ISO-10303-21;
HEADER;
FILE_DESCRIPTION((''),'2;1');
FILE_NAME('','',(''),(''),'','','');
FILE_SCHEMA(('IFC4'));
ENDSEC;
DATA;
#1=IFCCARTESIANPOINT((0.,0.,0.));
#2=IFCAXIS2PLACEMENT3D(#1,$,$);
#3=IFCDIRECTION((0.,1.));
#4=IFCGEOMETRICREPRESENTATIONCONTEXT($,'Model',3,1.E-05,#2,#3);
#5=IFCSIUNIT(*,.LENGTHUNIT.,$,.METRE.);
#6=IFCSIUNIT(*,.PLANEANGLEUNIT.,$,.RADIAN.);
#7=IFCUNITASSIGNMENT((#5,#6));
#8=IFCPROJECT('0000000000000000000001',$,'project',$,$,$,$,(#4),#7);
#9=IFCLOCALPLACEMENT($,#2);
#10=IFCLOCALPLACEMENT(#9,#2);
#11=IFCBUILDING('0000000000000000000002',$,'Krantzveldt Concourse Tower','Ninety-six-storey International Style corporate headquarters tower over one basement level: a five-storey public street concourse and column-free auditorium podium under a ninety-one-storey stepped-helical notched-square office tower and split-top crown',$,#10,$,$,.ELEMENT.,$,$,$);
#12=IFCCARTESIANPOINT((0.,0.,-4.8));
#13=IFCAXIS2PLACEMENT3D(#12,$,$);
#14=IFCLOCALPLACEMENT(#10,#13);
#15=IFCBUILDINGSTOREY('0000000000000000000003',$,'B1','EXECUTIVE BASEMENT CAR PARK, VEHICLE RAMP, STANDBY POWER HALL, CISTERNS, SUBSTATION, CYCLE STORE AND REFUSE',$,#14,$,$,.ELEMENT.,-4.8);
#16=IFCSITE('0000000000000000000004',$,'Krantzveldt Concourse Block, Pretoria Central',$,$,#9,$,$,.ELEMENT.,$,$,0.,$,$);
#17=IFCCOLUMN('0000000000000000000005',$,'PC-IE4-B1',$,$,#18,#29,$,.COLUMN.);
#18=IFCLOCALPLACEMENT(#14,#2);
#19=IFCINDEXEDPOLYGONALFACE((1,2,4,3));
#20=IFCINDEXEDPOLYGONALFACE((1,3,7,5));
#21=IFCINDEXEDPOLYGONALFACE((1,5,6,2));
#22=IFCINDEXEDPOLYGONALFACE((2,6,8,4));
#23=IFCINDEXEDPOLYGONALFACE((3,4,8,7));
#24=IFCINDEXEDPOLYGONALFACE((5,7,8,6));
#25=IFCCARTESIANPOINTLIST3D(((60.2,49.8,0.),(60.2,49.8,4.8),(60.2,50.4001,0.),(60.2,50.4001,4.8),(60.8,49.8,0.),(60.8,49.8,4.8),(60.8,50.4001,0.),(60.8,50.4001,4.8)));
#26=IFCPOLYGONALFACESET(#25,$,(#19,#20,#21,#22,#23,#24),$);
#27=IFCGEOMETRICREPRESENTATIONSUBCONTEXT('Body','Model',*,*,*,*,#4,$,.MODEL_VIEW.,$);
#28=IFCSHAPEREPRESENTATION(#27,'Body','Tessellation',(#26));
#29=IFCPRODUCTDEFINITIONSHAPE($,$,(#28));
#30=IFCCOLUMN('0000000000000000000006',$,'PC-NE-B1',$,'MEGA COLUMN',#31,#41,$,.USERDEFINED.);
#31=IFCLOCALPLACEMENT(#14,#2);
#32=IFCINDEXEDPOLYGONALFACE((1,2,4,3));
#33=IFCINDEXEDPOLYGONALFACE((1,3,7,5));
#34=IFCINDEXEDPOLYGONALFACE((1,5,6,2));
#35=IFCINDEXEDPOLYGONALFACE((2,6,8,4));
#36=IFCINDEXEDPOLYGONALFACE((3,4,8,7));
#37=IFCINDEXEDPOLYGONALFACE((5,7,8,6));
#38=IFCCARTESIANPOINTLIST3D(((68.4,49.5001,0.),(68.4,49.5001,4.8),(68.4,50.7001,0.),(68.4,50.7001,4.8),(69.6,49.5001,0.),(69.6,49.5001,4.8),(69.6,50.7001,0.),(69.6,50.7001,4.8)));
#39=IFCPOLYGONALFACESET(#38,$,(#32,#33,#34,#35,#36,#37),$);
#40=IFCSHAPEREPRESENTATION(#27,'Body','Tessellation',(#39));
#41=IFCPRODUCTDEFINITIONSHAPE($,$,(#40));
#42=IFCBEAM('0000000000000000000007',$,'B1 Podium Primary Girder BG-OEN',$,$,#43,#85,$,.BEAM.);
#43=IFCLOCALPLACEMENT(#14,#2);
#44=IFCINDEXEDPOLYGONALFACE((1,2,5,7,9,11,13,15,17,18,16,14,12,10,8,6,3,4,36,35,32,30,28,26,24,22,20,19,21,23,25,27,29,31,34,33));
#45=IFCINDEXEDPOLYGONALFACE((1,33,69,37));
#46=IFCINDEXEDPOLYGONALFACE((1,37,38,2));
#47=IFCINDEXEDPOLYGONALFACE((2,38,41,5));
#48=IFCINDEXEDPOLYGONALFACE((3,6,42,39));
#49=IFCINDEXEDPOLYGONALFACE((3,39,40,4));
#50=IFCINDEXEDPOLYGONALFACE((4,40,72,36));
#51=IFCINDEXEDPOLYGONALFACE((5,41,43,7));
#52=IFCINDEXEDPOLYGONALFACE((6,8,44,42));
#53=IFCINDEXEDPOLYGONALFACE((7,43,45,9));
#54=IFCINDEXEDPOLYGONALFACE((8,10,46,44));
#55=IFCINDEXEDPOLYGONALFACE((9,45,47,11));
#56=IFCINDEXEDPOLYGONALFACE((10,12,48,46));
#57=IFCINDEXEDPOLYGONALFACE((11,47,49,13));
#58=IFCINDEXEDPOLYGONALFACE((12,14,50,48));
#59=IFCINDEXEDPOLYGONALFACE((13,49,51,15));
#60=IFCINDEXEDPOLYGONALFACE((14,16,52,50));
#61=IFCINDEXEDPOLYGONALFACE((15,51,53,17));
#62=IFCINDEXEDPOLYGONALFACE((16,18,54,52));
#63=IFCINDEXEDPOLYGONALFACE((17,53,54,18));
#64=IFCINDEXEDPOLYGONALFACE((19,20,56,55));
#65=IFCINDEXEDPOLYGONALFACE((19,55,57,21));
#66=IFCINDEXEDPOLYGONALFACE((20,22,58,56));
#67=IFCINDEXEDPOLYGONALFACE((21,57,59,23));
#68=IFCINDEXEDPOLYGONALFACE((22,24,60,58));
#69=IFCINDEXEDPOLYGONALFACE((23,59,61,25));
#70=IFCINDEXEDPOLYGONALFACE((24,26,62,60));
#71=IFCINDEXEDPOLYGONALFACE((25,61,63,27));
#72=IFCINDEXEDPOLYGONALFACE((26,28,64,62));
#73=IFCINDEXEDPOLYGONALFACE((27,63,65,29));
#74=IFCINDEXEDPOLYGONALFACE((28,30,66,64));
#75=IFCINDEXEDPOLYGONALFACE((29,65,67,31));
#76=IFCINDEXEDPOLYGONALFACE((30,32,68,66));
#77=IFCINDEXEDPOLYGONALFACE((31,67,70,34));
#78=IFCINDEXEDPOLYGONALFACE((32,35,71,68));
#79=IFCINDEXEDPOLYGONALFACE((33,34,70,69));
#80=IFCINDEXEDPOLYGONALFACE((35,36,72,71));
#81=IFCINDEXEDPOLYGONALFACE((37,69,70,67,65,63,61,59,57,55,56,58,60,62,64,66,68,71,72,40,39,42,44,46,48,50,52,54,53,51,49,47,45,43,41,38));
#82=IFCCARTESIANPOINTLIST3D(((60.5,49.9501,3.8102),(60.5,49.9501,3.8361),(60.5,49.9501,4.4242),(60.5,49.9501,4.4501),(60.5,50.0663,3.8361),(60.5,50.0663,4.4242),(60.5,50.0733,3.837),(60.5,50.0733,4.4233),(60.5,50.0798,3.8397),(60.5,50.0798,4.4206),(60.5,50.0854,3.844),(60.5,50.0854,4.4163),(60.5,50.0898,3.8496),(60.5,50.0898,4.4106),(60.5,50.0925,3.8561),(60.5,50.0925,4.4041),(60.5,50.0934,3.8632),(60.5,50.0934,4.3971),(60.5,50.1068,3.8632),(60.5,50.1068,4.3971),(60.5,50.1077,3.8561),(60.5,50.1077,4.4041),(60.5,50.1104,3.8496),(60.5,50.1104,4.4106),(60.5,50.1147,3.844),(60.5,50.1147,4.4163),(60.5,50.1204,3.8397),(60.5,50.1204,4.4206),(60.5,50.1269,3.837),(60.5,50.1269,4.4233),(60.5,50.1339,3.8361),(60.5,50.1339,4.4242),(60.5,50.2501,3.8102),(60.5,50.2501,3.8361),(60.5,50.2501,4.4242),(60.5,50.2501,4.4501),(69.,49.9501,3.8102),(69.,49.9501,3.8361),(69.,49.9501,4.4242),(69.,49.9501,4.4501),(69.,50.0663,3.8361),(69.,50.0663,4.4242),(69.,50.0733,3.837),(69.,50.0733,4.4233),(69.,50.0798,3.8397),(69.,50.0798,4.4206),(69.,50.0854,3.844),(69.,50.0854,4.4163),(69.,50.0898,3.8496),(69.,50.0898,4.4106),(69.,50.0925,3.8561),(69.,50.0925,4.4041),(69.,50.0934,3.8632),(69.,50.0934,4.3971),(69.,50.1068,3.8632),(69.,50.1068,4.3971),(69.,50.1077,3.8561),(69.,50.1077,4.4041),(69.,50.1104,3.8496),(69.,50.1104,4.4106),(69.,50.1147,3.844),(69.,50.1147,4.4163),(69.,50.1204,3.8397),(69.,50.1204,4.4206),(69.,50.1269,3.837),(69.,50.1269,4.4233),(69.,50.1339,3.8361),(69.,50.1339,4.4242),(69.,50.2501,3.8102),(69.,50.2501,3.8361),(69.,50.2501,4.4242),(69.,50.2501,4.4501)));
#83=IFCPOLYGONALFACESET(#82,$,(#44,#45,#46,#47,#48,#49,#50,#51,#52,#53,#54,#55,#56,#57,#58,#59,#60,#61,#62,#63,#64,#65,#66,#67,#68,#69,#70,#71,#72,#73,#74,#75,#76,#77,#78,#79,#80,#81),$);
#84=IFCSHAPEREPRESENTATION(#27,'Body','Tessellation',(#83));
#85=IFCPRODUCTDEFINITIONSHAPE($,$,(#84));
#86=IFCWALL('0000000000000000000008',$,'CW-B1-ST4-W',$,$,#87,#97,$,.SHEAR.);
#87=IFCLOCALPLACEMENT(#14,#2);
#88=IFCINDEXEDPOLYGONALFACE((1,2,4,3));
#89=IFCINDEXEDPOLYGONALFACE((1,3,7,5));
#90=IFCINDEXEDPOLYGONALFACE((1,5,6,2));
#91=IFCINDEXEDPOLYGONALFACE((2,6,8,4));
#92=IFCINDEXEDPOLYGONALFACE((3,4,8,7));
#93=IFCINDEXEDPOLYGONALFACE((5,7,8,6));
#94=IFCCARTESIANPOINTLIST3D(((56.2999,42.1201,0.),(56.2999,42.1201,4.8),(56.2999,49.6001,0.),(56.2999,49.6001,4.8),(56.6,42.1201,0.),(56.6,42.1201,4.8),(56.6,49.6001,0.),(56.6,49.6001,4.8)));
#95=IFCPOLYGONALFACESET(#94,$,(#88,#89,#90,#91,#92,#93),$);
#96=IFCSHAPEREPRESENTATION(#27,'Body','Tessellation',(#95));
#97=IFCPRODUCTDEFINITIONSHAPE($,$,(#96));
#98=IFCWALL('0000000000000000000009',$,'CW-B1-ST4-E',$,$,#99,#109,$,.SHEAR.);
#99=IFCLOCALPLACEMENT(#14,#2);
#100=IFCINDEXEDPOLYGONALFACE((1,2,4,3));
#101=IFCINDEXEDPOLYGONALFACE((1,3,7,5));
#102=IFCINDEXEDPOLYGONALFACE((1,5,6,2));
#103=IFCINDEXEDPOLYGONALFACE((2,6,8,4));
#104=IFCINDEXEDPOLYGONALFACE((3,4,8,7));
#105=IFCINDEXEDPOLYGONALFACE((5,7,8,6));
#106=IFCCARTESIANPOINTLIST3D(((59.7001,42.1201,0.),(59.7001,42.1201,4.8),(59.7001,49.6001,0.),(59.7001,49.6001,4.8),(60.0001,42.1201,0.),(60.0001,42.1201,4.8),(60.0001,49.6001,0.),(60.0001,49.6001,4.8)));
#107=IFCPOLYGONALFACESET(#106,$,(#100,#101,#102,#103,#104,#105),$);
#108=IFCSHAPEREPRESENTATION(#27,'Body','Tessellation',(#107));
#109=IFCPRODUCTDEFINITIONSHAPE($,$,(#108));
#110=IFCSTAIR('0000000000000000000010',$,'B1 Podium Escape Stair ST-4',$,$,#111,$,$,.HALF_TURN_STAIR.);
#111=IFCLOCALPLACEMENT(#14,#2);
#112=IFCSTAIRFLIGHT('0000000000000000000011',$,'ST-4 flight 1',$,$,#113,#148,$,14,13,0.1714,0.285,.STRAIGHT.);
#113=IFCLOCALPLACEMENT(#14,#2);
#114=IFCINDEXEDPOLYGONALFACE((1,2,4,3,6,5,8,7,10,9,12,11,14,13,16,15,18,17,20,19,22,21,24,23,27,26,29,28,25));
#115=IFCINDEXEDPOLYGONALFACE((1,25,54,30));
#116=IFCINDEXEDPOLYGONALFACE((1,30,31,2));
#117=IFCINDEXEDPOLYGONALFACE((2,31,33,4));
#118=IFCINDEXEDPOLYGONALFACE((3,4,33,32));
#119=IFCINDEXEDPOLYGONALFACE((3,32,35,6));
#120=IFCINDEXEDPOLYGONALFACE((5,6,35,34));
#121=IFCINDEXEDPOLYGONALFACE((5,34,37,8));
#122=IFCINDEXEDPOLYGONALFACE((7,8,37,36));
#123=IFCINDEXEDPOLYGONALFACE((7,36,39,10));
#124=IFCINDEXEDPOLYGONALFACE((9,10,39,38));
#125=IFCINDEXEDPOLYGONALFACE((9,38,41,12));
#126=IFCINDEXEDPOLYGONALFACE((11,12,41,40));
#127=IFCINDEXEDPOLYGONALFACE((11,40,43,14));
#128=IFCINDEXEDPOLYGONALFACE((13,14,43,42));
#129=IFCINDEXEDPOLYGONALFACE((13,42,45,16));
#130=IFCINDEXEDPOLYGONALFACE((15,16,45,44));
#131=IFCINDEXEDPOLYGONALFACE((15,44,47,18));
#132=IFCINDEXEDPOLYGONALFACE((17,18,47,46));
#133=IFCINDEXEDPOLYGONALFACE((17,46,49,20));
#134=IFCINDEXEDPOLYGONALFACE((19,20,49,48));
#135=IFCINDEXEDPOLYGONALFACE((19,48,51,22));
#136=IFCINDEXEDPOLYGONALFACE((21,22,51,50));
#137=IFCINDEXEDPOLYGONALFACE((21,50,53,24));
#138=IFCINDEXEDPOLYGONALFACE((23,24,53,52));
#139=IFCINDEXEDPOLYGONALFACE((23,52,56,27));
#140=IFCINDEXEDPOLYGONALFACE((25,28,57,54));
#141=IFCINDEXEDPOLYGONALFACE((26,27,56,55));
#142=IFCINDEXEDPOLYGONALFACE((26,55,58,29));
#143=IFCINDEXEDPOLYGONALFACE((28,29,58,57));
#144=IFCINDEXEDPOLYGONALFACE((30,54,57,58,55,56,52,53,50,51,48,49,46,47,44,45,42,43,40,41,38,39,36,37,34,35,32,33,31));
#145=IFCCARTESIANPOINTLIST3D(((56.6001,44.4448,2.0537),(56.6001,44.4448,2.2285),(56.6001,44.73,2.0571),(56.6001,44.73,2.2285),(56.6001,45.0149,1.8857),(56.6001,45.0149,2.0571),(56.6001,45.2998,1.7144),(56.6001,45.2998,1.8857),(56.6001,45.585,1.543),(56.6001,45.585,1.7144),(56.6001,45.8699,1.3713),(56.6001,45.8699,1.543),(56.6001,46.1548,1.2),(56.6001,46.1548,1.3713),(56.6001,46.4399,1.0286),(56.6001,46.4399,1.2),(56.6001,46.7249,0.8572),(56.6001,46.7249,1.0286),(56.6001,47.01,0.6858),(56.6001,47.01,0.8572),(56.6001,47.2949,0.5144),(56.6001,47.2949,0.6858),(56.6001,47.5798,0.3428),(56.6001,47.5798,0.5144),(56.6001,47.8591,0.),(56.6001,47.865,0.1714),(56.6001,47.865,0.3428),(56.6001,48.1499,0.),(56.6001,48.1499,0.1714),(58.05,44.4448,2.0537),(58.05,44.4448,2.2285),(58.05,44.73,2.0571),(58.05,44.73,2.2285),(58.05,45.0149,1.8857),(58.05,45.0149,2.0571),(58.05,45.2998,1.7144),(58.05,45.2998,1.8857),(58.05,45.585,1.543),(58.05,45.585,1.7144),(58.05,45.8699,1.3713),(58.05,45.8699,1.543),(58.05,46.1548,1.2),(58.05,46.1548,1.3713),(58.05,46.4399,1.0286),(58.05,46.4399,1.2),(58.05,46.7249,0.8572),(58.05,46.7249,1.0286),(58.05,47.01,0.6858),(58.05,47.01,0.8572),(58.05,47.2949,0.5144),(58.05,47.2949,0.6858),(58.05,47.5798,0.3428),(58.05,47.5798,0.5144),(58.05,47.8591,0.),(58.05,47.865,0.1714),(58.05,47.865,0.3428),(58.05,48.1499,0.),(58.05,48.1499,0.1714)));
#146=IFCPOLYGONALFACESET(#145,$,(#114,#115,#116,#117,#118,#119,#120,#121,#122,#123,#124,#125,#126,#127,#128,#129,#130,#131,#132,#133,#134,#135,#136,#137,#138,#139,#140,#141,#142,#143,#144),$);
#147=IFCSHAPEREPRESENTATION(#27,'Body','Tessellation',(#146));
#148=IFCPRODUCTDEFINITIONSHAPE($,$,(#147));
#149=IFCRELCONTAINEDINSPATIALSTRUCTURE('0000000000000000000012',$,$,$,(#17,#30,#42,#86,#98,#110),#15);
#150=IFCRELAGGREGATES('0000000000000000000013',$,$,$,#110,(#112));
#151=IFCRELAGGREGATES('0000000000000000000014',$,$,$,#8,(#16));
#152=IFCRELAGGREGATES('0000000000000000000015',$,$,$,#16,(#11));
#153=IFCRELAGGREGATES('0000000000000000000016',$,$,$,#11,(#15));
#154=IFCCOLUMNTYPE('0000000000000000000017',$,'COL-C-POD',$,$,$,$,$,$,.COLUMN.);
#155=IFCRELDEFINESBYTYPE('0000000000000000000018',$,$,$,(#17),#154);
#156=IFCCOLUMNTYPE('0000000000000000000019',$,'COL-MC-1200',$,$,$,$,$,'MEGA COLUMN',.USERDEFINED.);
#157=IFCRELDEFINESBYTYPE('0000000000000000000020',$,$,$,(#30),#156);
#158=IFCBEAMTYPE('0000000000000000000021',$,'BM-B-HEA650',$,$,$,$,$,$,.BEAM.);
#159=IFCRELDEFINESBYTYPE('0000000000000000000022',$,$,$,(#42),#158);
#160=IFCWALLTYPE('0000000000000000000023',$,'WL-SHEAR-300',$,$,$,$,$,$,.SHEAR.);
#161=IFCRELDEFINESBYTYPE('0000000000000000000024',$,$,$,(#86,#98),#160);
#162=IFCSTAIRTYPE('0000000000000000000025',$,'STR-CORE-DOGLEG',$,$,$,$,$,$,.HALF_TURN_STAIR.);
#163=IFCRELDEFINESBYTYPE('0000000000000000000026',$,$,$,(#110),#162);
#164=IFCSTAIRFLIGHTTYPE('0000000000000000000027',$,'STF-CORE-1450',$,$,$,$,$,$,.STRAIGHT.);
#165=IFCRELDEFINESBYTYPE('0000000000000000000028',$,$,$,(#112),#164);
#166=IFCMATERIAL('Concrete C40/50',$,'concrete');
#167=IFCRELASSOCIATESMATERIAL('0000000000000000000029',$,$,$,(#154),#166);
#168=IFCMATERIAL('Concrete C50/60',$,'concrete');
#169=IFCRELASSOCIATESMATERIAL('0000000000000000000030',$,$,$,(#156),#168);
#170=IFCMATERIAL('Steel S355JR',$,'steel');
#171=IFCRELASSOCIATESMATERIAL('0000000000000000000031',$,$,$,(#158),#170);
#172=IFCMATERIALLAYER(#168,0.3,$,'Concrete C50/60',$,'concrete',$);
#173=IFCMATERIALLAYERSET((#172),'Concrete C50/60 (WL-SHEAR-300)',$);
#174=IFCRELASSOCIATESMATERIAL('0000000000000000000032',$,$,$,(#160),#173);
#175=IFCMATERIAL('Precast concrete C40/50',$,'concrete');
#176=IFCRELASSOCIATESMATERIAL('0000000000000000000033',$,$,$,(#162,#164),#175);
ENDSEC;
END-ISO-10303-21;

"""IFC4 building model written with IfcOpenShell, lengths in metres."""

from ifc_helpers import new_model, si_unit, direction, frame, frame_2d, origin, origin_2d, place, context, subcontext, project, spatial, polyline, rectangle, i_section, outline, extrude, source, transform, mapped, material, layer, layer_set, material_profile, profile_set, type_object, type_shapes, element, aggregate, save


model = new_model("IFC4")

# Units and contexts
model_context = context("Model", 3, precision=1e-05, world=origin(), true_north=direction((0.0, 1.0)))
body_context = subcontext(model_context, "Body", "Model", "MODEL_VIEW")
ifc_project = project(units=[si_unit("LENGTHUNIT", "METRE"), si_unit("PLANEANGLEUNIT", "RADIAN")], contexts=[model_context])

# Site, building, storey
site_placement = place(None, origin())
site = spatial("IfcSite", under=ifc_project, at=site_placement, Name="Krantzveldt Concourse Block, Pretoria Central", CompositionType="ELEMENT", RefElevation=0.0)
building_placement = place(site_placement, origin())
building = spatial("IfcBuilding", under=site, at=building_placement, Name="Krantzveldt Concourse Tower", Description="Ninety-six-storey International Style corporate headquarters tower over one basement level: a five-storey public street concourse and column-free auditorium podium under a ninety-one-storey stepped-helical notched-square office tower and split-top crown", CompositionType="ELEMENT")
storey_placement = place(building_placement, frame((0.0, 0.0, -4.8)))
storey = spatial("IfcBuildingStorey", under=building, at=storey_placement, Name="B1", Description="EXECUTIVE BASEMENT CAR PARK, VEHICLE RAMP, STANDBY POWER HALL, CISTERNS, SUBSTATION, CYCLE STORE AND REFUSE", CompositionType="ELEMENT", Elevation=-4.8)

# Shared definitions
ifc_material_1 = material(Name="Concrete C50/60", Category="concrete")

# Shared definitions
ifc_material_2 = material(Name="Concrete C40/50", Category="concrete")

# Columns
ifc_material_profile_1 = material_profile(ifc_material_2, rectangle(XDim=0.6001, YDim=0.6001, at=origin_2d()), Name="Concrete C40/50", Category="concrete")
ifc_profile_set_1 = profile_set([ifc_material_profile_1], Name="Concrete C40/50 - RC 600x600")
column_type_1 = type_object("IfcColumnType", Name="COL-C-POD", PredefinedType="COLUMN", material=ifc_profile_set_1)
shared_shape_1 = source(origin(), body_context, "Body", "SweptSolid", [
    extrude(rectangle(XDim=0.6001, YDim=0.6001, at=origin_2d()), origin(), (0.0, 0.0, 1.0), 4.8),
])
type_shapes(column_type_1, [shared_shape_1])
column_1_placement = place(storey_placement, frame((60.5, 50.1001, 0.0), z_axis=(0.0, 0.0, 1.0), x_axis=(1.0, 0.0, 0.0)))
element("IfcColumn", 1, at=column_1_placement, inside=storey, type_object=column_type_1, Name="PC-IE4-B1", PredefinedType="COLUMN", context=body_context, shape_type="MappedRepresentation", body=[
    mapped(shared_shape_1, transform((0.0, 0.0, 0.0), x_axis=(1.0, 0.0, 0.0), y_axis=(0.0, 1.0, 0.0), z_axis=(0.0, 0.0, 1.0), scale=1.0)),
])
ifc_material_profile_2 = material_profile(ifc_material_1, rectangle(XDim=1.2, YDim=1.2, at=origin_2d()), Name="Concrete C50/60", Category="concrete")
ifc_profile_set_2 = profile_set([ifc_material_profile_2], Name="Concrete C50/60 - RC 1200x1200")
column_type_2 = type_object("IfcColumnType", Name="COL-MC-1200", ElementType="MEGA COLUMN", PredefinedType="USERDEFINED", material=ifc_profile_set_2)
shared_shape_2 = source(origin(), body_context, "Body", "SweptSolid", [
    extrude(rectangle(XDim=1.2, YDim=1.2, at=origin_2d()), origin(), (0.0, 0.0, 1.0), 4.8),
])
type_shapes(column_type_2, [shared_shape_2])
column_2_placement = place(storey_placement, frame((69.0, 50.1001, 0.0), z_axis=(0.0, 0.0, 1.0), x_axis=(1.0, 0.0, 0.0)))
element("IfcColumn", 2, at=column_2_placement, inside=storey, type_object=column_type_2, Name="PC-NE-B1", ObjectType="MEGA COLUMN", PredefinedType="USERDEFINED", context=body_context, shape_type="MappedRepresentation", body=[
    mapped(shared_shape_2, transform((0.0, 0.0, 0.0), x_axis=(1.0, 0.0, 0.0), y_axis=(0.0, 1.0, 0.0), z_axis=(0.0, 0.0, 1.0), scale=1.0)),
])

# Beam
ifc_material_3 = material(Name="Steel S355JR", Category="steel")
ifc_material_profile_3 = material_profile(ifc_material_3, i_section(OverallWidth=0.3, OverallDepth=0.6399, WebThickness=0.0134, FlangeThickness=0.0259, FilletRadius=0.0271, at=origin_2d()), Name="Steel S355JR", Category="steel")
ifc_profile_set_3 = profile_set([ifc_material_profile_3], Name="Steel S355JR - HEA 650")
beam_type = type_object("IfcBeamType", Name="BM-B-HEA650", PredefinedType="BEAM", material=ifc_profile_set_3)
shared_shape_3 = source(origin(), body_context, "Body", "SweptSolid", [
    extrude(i_section(OverallWidth=0.3, OverallDepth=0.6399, WebThickness=0.0134, FlangeThickness=0.0259, FilletRadius=0.0271, at=origin_2d()), origin(), (0.0, 0.0, 1.0), 8.5),
])
type_shapes(beam_type, [shared_shape_3])
beam_placement = place(storey_placement, frame((60.5, 50.1001, 4.1301), z_axis=(1.0, 0.0, 0.0), x_axis=(0.0, 1.0, 0.0)))
element("IfcBeam", 3, at=beam_placement, inside=storey, type_object=beam_type, Name="B1 Podium Primary Girder BG-OEN", PredefinedType="BEAM", context=body_context, shape_type="MappedRepresentation", body=[
    mapped(shared_shape_3, transform((0.0, 0.0, 0.0), x_axis=(1.0, 0.0, 0.0), y_axis=(0.0, 1.0, 0.0), z_axis=(0.0, 0.0, 1.0), scale=1.0)),
])

# Shared definitions
ifc_layer_1 = layer(ifc_material_1, 0.3, Name="Concrete C50/60", Category="concrete")
ifc_layer_set_1 = layer_set([ifc_layer_1], Name="Concrete C50/60 (WL-SHEAR-300)")
wall_type = type_object("IfcWallType", Name="WL-SHEAR-300", PredefinedType="SHEAR", material=ifc_layer_set_1)

# Walls
for number, where, z_axis, x_axis, name in (
    (4, (56.45, 42.1201, 0.0), (0.0, 0.0, 1.0), (0.0, 1.0, 0.0), "CW-B1-ST4-W"),
    (5, (59.8501, 42.1201, 0.0), (0.0, 0.0, 1.0), (0.0, 1.0, 0.0), "CW-B1-ST4-E"),
):
    element("IfcWall", number, at=place(storey_placement, frame(where, z_axis=z_axis, x_axis=x_axis)), inside=storey, type_object=wall_type, Name=name, PredefinedType="SHEAR", context=body_context, shape_type="SweptSolid", body=[
        extrude(rectangle(XDim=7.48, YDim=0.3, at=frame_2d((3.74, 0.0))), origin(), (0.0, 0.0, 1.0), 4.8),
    ])

# Stair, stair flight
ifc_material_4 = material(Name="Precast concrete C40/50", Category="concrete")
stair_type = type_object("IfcStairType", Name="STR-CORE-DOGLEG", PredefinedType="HALF_TURN_STAIR", material=ifc_material_4)
stair_placement = place(storey_placement, origin())
stair = element("IfcStair", 6, at=stair_placement, inside=storey, type_object=stair_type, Name="B1 Podium Escape Stair ST-4", PredefinedType="HALF_TURN_STAIR")
stair_flight_type = type_object("IfcStairFlightType", Name="STF-CORE-1450", PredefinedType="STRAIGHT", material=ifc_material_4)
stair_flight_1_placement = place(storey_placement, frame((57.325, 48.1499, 0.0), z_axis=(0.0, 0.0, 1.0), x_axis=(0.0, -1.0, 0.0)))
stair_flight_1 = element("IfcStairFlight", 7, at=stair_flight_1_placement, type_object=stair_flight_type, Name="ST-4 flight 1", NumberOfRisers=14, NumberOfTreads=13, PredefinedType="STRAIGHT", RiserHeight=0.1714, TreadLength=0.285, context=body_context, shape_type="SweptSolid", body=[
    extrude(outline(polyline([(0.0, 0.0), (0.0, 0.1714), (0.2849, 0.1714), (0.2849, 0.3428), (0.5701, 0.3428), (0.5701, 0.5144), (0.855, 0.5144), (0.855, 0.6858), (1.1399, 0.6858), (1.1399, 0.8572), (1.425, 0.8572), (1.425, 1.0286), (1.71, 1.0286), (1.71, 1.2), (1.9951, 1.2), (1.9951, 1.3713), (2.28, 1.3713), (2.28, 1.543), (2.5649, 1.543), (2.5649, 1.7144), (2.8501, 1.7144), (2.8501, 1.8857), (3.135, 1.8857), (3.135, 2.0571), (3.4199, 2.0571), (3.4199, 2.2285), (3.7051, 2.2285), (3.7051, 2.3999), (3.7051, 2.0537), (0.2908, 0.0), (0.0, 0.0)])), frame((0.0, 0.7251, 0.0), z_axis=(0.0, -1.0, 0.0), x_axis=(1.0, 0.0, 0.0)), (0.0, 0.0, 1.0), 1.45),
])
aggregate(stair, [stair_flight_1])

save(model, "model.ifc")
